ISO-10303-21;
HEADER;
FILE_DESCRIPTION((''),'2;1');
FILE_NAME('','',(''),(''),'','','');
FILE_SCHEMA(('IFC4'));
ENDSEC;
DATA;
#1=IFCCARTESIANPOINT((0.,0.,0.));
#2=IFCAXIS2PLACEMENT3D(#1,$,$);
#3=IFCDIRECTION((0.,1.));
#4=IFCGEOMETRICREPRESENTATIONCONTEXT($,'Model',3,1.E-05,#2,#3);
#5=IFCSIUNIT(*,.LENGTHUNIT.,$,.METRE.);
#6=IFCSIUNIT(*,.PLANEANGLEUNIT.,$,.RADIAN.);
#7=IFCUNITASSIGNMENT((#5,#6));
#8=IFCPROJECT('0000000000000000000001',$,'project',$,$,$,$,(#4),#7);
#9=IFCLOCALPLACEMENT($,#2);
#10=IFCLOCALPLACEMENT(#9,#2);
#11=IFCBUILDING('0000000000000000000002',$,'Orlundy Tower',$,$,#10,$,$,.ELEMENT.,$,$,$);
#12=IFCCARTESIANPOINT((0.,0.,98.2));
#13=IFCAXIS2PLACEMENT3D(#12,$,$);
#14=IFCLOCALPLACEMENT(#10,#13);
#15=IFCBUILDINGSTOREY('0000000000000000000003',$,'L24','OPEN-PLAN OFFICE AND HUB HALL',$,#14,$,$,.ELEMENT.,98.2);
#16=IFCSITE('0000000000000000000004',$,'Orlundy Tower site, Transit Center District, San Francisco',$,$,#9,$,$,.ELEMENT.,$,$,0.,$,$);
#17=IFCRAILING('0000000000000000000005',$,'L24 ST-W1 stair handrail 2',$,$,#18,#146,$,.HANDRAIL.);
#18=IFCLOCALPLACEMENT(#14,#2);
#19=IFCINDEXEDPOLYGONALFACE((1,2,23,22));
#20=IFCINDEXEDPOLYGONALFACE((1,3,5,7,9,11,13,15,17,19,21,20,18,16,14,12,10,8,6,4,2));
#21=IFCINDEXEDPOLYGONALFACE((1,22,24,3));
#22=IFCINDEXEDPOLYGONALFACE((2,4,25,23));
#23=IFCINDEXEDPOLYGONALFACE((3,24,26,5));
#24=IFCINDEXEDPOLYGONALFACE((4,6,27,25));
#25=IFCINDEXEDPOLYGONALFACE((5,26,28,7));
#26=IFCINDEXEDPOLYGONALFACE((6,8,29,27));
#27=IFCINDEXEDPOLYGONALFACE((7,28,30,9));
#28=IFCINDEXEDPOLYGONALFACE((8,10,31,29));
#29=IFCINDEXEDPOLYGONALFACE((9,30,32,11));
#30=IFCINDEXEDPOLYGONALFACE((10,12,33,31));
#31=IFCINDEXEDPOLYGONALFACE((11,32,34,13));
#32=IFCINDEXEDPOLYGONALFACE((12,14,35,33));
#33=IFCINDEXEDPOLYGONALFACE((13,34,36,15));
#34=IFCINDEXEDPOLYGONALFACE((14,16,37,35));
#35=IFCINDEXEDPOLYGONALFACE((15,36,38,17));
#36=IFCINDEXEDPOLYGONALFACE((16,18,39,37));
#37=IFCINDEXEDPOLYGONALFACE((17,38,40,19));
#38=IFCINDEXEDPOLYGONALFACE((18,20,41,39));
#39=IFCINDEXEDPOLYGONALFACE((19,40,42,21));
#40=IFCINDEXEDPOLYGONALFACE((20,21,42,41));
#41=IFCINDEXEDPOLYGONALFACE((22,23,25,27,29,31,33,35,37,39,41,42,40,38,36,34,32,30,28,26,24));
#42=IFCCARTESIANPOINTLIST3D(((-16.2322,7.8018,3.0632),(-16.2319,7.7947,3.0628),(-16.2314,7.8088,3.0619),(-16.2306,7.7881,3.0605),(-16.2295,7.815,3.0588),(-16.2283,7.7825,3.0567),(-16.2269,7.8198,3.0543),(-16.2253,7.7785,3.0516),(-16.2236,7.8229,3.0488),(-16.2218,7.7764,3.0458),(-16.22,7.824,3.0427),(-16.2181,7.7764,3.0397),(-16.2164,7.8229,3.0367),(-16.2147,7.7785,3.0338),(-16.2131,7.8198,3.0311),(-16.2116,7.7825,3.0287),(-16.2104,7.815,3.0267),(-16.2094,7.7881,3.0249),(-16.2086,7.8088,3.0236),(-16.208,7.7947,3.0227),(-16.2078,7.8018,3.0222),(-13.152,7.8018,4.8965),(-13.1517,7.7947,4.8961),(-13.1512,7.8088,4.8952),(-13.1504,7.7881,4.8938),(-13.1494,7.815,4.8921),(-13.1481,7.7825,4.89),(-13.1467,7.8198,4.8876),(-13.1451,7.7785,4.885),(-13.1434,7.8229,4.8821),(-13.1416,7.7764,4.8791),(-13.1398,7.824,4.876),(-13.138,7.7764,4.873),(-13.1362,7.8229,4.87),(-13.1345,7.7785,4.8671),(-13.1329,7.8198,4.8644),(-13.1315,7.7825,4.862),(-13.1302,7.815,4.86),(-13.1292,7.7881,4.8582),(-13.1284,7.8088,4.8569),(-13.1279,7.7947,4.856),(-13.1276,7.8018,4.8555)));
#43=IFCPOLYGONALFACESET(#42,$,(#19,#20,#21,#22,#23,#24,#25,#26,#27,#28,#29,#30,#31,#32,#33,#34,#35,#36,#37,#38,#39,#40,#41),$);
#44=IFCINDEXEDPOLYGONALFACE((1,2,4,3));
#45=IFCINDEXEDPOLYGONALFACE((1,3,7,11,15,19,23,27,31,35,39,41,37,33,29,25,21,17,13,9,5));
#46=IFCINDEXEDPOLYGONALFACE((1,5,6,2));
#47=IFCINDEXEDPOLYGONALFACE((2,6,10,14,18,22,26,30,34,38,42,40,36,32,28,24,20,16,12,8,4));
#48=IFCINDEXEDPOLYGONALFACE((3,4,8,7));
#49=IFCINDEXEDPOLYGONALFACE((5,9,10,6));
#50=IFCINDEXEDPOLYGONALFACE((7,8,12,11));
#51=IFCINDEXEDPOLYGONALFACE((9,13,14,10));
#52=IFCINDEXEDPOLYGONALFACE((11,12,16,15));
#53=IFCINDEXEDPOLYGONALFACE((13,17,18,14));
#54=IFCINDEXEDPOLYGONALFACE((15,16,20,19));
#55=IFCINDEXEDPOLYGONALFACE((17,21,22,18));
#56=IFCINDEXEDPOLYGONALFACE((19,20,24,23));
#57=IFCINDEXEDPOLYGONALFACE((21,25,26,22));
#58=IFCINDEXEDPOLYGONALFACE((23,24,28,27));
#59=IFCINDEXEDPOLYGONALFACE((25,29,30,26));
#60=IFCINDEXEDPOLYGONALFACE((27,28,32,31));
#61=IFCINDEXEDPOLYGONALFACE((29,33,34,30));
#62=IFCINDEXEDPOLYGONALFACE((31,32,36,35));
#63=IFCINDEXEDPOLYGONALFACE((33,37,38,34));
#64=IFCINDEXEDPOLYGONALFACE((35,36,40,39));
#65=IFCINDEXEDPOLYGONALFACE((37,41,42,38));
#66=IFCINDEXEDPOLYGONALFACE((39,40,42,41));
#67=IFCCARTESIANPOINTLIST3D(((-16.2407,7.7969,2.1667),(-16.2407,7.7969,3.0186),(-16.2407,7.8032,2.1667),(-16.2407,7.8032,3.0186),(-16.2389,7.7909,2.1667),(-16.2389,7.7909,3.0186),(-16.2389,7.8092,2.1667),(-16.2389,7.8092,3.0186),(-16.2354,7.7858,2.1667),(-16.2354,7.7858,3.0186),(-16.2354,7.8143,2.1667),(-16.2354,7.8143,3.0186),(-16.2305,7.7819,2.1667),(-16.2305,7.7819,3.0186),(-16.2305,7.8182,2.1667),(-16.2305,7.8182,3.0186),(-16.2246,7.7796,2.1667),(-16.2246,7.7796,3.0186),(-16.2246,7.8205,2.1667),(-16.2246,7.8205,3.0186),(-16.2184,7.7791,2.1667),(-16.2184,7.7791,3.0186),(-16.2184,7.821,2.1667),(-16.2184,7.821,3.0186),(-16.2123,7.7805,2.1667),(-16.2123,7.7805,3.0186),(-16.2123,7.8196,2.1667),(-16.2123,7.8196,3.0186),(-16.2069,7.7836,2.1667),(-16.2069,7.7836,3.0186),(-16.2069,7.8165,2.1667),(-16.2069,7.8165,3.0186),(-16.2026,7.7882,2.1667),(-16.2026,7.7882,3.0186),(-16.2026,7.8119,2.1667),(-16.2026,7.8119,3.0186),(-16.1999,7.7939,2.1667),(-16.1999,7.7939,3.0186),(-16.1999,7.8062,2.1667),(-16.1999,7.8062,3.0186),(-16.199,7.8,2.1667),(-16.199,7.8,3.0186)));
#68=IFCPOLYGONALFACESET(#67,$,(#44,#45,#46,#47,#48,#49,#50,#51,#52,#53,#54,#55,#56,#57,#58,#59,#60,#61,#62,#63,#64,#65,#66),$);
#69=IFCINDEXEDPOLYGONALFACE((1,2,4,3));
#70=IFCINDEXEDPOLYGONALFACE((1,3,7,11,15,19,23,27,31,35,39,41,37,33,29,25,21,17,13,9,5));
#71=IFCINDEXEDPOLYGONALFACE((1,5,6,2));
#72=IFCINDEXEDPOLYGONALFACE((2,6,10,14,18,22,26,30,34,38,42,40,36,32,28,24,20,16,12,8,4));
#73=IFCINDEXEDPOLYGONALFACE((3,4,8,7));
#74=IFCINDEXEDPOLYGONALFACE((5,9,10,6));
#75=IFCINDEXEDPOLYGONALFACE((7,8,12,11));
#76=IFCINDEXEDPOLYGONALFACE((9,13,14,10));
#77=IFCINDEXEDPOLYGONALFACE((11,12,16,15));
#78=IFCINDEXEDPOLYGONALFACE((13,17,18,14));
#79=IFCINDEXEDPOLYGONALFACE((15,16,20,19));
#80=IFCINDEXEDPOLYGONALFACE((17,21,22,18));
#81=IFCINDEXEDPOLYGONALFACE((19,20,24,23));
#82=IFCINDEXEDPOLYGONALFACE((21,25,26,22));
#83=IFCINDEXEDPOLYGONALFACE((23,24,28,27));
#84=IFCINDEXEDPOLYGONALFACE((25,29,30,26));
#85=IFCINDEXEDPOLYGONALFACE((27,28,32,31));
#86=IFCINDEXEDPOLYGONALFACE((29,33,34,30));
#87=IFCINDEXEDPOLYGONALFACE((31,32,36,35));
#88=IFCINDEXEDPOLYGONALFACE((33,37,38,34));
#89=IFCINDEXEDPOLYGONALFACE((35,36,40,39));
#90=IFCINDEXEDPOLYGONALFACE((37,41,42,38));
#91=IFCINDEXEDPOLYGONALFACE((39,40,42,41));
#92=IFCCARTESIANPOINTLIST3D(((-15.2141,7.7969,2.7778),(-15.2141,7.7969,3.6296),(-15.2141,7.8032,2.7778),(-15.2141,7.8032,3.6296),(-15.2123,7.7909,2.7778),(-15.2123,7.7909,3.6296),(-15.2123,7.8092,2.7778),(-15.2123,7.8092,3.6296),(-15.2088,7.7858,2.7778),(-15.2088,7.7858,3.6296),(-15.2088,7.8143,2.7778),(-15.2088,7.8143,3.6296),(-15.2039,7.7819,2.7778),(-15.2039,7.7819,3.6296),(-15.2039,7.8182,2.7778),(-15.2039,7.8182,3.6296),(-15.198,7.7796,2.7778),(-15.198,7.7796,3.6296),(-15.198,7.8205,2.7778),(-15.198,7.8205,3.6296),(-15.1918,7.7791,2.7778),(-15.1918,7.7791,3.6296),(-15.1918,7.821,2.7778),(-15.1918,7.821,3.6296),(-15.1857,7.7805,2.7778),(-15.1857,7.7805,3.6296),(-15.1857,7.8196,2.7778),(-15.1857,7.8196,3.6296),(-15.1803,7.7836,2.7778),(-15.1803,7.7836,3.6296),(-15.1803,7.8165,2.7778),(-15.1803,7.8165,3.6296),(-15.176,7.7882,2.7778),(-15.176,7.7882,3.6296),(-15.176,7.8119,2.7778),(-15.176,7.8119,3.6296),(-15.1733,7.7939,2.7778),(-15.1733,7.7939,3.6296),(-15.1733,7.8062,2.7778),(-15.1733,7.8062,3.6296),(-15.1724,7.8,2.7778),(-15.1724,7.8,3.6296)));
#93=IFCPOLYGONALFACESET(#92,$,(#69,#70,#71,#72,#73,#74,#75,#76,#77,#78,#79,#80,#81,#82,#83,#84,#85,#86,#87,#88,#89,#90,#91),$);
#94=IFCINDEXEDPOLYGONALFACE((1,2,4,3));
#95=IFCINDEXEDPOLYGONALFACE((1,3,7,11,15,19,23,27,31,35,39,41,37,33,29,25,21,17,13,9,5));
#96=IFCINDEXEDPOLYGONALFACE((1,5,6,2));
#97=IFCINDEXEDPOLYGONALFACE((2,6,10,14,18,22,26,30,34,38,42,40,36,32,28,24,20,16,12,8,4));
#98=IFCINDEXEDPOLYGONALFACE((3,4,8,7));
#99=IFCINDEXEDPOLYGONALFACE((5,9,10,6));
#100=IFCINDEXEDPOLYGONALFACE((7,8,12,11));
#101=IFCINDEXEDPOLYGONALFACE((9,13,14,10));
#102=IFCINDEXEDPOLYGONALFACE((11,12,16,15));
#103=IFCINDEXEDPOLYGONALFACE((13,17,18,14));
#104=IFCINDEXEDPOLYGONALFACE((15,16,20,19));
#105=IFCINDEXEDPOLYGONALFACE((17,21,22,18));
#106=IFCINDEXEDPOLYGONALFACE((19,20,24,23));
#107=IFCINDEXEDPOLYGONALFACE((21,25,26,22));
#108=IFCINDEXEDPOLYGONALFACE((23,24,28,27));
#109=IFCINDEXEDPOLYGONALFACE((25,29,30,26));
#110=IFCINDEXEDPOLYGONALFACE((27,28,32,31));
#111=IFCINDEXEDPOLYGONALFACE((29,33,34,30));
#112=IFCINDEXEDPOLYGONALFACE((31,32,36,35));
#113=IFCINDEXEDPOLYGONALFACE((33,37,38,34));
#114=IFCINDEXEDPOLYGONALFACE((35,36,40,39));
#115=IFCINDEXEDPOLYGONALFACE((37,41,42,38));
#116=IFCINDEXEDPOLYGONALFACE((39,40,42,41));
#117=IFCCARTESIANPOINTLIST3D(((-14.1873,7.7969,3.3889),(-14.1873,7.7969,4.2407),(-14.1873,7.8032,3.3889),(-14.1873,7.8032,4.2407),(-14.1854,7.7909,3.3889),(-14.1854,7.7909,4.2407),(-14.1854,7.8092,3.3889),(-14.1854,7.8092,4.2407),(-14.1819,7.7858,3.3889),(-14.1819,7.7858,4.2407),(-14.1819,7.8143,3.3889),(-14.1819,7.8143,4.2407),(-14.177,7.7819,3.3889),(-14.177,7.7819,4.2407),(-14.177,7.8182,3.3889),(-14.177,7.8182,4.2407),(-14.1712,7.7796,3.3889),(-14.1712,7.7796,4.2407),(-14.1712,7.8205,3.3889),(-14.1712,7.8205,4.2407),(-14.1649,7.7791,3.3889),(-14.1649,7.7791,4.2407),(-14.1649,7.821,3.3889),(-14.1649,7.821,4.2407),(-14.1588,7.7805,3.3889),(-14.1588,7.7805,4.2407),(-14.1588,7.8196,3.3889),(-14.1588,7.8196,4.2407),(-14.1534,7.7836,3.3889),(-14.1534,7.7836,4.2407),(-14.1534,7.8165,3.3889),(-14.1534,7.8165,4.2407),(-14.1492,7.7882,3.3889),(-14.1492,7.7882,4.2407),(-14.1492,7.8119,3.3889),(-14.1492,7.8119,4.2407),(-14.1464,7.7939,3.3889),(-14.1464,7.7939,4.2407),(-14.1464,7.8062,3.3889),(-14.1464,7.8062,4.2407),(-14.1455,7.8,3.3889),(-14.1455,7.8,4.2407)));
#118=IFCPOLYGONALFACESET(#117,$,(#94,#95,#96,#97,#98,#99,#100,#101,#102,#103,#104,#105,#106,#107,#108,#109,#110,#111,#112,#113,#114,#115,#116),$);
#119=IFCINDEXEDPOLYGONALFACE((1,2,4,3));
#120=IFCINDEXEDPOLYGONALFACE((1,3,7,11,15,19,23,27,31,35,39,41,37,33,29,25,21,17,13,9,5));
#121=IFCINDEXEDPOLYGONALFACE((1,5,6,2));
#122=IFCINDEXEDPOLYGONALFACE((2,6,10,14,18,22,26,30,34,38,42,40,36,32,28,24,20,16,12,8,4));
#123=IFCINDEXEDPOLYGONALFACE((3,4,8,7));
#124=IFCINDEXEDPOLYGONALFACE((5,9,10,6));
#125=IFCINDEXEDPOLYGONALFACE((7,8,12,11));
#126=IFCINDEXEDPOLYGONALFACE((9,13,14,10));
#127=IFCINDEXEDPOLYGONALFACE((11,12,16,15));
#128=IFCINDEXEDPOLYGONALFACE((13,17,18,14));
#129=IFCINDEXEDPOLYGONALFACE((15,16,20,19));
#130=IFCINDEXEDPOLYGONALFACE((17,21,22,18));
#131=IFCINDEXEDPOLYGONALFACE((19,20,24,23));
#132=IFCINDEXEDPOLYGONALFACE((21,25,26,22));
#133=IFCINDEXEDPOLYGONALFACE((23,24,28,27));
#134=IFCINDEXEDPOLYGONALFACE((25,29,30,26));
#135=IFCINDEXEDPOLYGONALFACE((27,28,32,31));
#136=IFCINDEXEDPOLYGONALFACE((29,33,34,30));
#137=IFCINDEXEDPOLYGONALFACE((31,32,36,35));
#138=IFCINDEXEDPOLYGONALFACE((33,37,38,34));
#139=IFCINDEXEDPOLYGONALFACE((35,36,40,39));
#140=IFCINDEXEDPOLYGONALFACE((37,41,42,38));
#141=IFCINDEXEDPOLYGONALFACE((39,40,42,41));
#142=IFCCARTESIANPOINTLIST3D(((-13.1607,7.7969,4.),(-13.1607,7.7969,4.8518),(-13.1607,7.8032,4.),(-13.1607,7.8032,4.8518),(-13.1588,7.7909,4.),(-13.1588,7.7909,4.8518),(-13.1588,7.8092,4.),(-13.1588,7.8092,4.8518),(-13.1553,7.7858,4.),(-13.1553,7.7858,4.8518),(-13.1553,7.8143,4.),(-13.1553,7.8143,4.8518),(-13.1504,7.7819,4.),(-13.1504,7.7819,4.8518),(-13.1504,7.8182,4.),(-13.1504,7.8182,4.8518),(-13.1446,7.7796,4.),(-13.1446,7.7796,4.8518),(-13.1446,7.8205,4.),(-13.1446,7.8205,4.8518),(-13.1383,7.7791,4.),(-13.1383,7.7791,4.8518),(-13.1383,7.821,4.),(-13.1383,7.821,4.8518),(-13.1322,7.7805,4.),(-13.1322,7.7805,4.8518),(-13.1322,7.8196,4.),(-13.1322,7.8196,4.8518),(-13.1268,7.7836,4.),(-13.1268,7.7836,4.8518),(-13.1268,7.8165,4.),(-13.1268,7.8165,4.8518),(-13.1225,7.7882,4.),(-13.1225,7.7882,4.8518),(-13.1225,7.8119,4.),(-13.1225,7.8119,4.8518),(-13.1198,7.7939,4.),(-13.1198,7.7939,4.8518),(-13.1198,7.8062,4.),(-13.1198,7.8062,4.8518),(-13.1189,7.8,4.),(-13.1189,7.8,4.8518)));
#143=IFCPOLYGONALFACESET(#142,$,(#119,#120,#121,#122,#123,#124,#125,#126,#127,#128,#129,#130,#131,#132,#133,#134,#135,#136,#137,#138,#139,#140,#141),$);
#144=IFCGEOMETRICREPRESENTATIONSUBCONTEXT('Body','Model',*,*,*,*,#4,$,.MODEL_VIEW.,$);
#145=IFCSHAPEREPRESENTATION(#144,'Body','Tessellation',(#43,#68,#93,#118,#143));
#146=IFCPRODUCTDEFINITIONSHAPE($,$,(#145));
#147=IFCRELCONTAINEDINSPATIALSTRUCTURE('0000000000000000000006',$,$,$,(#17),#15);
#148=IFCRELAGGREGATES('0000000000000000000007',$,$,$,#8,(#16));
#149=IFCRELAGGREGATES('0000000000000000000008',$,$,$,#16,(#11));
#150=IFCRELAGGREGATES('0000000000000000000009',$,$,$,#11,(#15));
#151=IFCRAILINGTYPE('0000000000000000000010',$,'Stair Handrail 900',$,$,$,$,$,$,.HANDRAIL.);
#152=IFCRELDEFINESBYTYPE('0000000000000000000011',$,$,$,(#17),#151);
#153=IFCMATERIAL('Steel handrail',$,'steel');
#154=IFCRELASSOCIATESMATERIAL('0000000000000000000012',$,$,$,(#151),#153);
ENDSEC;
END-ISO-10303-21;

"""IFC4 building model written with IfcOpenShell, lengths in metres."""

from ifc_helpers import new_model, si_unit, direction, frame, origin, origin_2d, place, context, subcontext, project, spatial, circle, extrude, material, type_object, element, save


model = new_model("IFC4")

# Units and contexts
model_context = context("Model", 3, precision=1e-05, world=origin(), true_north=direction((0.0, 1.0)))
body_context = subcontext(model_context, "Body", "Model", "MODEL_VIEW")
ifc_project = project(units=[si_unit("LENGTHUNIT", "METRE"), si_unit("PLANEANGLEUNIT", "RADIAN")], contexts=[model_context])

# Site, building, storey
site_placement = place(None, origin())
site = spatial("IfcSite", under=ifc_project, at=site_placement, Name="Orlundy Tower site, Transit Center District, San Francisco", CompositionType="ELEMENT", RefElevation=0.0)
building_placement = place(site_placement, origin())
building = spatial("IfcBuilding", under=site, at=building_placement, Name="Orlundy Tower", CompositionType="ELEMENT")
storey_placement = place(building_placement, frame((0.0, 0.0, 98.2)))
storey = spatial("IfcBuildingStorey", under=building, at=storey_placement, Name="L24", Description="OPEN-PLAN OFFICE AND HUB HALL", CompositionType="ELEMENT", Elevation=98.2)

# Railing
ifc_material_1 = material(Name="Steel handrail", Category="steel")
railing_type_1 = type_object("IfcRailingType", Name="Stair Handrail 900", PredefinedType="HANDRAIL", material=ifc_material_1)
railing_1_placement = place(storey_placement, frame((-16.22, 7.8, 2.1667)))
element("IfcRailing", 1, at=railing_1_placement, inside=storey, type_object=railing_type_1, Name="L24 ST-W1 stair handrail 2", PredefinedType="HANDRAIL", context=body_context, shape_type="SweptSolid", body=[
    extrude(circle(Radius=0.0239, at=origin_2d()), frame((0.0, 0.0, 0.876), z_axis=(0.859309, 0.0, 0.511458), x_axis=(0.0, 1.0, 0.0)), (0.0, 0.0, 1.0), 3.5845),
    extrude(circle(Radius=0.021, at=origin_2d()), origin(), (0.0, 0.0, 1.0), 0.8518),
    extrude(circle(Radius=0.021, at=origin_2d()), frame((1.0266, 0.0, 0.6111)), (0.0, 0.0, 1.0), 0.8518),
    extrude(circle(Radius=0.021, at=origin_2d()), frame((2.0535, 0.0, 1.2222)), (0.0, 0.0, 1.0), 0.8518),
    extrude(circle(Radius=0.021, at=origin_2d()), frame((3.0801, 0.0, 1.8333)), (0.0, 0.0, 1.0), 0.8518),
])

save(model, "model.ifc")
